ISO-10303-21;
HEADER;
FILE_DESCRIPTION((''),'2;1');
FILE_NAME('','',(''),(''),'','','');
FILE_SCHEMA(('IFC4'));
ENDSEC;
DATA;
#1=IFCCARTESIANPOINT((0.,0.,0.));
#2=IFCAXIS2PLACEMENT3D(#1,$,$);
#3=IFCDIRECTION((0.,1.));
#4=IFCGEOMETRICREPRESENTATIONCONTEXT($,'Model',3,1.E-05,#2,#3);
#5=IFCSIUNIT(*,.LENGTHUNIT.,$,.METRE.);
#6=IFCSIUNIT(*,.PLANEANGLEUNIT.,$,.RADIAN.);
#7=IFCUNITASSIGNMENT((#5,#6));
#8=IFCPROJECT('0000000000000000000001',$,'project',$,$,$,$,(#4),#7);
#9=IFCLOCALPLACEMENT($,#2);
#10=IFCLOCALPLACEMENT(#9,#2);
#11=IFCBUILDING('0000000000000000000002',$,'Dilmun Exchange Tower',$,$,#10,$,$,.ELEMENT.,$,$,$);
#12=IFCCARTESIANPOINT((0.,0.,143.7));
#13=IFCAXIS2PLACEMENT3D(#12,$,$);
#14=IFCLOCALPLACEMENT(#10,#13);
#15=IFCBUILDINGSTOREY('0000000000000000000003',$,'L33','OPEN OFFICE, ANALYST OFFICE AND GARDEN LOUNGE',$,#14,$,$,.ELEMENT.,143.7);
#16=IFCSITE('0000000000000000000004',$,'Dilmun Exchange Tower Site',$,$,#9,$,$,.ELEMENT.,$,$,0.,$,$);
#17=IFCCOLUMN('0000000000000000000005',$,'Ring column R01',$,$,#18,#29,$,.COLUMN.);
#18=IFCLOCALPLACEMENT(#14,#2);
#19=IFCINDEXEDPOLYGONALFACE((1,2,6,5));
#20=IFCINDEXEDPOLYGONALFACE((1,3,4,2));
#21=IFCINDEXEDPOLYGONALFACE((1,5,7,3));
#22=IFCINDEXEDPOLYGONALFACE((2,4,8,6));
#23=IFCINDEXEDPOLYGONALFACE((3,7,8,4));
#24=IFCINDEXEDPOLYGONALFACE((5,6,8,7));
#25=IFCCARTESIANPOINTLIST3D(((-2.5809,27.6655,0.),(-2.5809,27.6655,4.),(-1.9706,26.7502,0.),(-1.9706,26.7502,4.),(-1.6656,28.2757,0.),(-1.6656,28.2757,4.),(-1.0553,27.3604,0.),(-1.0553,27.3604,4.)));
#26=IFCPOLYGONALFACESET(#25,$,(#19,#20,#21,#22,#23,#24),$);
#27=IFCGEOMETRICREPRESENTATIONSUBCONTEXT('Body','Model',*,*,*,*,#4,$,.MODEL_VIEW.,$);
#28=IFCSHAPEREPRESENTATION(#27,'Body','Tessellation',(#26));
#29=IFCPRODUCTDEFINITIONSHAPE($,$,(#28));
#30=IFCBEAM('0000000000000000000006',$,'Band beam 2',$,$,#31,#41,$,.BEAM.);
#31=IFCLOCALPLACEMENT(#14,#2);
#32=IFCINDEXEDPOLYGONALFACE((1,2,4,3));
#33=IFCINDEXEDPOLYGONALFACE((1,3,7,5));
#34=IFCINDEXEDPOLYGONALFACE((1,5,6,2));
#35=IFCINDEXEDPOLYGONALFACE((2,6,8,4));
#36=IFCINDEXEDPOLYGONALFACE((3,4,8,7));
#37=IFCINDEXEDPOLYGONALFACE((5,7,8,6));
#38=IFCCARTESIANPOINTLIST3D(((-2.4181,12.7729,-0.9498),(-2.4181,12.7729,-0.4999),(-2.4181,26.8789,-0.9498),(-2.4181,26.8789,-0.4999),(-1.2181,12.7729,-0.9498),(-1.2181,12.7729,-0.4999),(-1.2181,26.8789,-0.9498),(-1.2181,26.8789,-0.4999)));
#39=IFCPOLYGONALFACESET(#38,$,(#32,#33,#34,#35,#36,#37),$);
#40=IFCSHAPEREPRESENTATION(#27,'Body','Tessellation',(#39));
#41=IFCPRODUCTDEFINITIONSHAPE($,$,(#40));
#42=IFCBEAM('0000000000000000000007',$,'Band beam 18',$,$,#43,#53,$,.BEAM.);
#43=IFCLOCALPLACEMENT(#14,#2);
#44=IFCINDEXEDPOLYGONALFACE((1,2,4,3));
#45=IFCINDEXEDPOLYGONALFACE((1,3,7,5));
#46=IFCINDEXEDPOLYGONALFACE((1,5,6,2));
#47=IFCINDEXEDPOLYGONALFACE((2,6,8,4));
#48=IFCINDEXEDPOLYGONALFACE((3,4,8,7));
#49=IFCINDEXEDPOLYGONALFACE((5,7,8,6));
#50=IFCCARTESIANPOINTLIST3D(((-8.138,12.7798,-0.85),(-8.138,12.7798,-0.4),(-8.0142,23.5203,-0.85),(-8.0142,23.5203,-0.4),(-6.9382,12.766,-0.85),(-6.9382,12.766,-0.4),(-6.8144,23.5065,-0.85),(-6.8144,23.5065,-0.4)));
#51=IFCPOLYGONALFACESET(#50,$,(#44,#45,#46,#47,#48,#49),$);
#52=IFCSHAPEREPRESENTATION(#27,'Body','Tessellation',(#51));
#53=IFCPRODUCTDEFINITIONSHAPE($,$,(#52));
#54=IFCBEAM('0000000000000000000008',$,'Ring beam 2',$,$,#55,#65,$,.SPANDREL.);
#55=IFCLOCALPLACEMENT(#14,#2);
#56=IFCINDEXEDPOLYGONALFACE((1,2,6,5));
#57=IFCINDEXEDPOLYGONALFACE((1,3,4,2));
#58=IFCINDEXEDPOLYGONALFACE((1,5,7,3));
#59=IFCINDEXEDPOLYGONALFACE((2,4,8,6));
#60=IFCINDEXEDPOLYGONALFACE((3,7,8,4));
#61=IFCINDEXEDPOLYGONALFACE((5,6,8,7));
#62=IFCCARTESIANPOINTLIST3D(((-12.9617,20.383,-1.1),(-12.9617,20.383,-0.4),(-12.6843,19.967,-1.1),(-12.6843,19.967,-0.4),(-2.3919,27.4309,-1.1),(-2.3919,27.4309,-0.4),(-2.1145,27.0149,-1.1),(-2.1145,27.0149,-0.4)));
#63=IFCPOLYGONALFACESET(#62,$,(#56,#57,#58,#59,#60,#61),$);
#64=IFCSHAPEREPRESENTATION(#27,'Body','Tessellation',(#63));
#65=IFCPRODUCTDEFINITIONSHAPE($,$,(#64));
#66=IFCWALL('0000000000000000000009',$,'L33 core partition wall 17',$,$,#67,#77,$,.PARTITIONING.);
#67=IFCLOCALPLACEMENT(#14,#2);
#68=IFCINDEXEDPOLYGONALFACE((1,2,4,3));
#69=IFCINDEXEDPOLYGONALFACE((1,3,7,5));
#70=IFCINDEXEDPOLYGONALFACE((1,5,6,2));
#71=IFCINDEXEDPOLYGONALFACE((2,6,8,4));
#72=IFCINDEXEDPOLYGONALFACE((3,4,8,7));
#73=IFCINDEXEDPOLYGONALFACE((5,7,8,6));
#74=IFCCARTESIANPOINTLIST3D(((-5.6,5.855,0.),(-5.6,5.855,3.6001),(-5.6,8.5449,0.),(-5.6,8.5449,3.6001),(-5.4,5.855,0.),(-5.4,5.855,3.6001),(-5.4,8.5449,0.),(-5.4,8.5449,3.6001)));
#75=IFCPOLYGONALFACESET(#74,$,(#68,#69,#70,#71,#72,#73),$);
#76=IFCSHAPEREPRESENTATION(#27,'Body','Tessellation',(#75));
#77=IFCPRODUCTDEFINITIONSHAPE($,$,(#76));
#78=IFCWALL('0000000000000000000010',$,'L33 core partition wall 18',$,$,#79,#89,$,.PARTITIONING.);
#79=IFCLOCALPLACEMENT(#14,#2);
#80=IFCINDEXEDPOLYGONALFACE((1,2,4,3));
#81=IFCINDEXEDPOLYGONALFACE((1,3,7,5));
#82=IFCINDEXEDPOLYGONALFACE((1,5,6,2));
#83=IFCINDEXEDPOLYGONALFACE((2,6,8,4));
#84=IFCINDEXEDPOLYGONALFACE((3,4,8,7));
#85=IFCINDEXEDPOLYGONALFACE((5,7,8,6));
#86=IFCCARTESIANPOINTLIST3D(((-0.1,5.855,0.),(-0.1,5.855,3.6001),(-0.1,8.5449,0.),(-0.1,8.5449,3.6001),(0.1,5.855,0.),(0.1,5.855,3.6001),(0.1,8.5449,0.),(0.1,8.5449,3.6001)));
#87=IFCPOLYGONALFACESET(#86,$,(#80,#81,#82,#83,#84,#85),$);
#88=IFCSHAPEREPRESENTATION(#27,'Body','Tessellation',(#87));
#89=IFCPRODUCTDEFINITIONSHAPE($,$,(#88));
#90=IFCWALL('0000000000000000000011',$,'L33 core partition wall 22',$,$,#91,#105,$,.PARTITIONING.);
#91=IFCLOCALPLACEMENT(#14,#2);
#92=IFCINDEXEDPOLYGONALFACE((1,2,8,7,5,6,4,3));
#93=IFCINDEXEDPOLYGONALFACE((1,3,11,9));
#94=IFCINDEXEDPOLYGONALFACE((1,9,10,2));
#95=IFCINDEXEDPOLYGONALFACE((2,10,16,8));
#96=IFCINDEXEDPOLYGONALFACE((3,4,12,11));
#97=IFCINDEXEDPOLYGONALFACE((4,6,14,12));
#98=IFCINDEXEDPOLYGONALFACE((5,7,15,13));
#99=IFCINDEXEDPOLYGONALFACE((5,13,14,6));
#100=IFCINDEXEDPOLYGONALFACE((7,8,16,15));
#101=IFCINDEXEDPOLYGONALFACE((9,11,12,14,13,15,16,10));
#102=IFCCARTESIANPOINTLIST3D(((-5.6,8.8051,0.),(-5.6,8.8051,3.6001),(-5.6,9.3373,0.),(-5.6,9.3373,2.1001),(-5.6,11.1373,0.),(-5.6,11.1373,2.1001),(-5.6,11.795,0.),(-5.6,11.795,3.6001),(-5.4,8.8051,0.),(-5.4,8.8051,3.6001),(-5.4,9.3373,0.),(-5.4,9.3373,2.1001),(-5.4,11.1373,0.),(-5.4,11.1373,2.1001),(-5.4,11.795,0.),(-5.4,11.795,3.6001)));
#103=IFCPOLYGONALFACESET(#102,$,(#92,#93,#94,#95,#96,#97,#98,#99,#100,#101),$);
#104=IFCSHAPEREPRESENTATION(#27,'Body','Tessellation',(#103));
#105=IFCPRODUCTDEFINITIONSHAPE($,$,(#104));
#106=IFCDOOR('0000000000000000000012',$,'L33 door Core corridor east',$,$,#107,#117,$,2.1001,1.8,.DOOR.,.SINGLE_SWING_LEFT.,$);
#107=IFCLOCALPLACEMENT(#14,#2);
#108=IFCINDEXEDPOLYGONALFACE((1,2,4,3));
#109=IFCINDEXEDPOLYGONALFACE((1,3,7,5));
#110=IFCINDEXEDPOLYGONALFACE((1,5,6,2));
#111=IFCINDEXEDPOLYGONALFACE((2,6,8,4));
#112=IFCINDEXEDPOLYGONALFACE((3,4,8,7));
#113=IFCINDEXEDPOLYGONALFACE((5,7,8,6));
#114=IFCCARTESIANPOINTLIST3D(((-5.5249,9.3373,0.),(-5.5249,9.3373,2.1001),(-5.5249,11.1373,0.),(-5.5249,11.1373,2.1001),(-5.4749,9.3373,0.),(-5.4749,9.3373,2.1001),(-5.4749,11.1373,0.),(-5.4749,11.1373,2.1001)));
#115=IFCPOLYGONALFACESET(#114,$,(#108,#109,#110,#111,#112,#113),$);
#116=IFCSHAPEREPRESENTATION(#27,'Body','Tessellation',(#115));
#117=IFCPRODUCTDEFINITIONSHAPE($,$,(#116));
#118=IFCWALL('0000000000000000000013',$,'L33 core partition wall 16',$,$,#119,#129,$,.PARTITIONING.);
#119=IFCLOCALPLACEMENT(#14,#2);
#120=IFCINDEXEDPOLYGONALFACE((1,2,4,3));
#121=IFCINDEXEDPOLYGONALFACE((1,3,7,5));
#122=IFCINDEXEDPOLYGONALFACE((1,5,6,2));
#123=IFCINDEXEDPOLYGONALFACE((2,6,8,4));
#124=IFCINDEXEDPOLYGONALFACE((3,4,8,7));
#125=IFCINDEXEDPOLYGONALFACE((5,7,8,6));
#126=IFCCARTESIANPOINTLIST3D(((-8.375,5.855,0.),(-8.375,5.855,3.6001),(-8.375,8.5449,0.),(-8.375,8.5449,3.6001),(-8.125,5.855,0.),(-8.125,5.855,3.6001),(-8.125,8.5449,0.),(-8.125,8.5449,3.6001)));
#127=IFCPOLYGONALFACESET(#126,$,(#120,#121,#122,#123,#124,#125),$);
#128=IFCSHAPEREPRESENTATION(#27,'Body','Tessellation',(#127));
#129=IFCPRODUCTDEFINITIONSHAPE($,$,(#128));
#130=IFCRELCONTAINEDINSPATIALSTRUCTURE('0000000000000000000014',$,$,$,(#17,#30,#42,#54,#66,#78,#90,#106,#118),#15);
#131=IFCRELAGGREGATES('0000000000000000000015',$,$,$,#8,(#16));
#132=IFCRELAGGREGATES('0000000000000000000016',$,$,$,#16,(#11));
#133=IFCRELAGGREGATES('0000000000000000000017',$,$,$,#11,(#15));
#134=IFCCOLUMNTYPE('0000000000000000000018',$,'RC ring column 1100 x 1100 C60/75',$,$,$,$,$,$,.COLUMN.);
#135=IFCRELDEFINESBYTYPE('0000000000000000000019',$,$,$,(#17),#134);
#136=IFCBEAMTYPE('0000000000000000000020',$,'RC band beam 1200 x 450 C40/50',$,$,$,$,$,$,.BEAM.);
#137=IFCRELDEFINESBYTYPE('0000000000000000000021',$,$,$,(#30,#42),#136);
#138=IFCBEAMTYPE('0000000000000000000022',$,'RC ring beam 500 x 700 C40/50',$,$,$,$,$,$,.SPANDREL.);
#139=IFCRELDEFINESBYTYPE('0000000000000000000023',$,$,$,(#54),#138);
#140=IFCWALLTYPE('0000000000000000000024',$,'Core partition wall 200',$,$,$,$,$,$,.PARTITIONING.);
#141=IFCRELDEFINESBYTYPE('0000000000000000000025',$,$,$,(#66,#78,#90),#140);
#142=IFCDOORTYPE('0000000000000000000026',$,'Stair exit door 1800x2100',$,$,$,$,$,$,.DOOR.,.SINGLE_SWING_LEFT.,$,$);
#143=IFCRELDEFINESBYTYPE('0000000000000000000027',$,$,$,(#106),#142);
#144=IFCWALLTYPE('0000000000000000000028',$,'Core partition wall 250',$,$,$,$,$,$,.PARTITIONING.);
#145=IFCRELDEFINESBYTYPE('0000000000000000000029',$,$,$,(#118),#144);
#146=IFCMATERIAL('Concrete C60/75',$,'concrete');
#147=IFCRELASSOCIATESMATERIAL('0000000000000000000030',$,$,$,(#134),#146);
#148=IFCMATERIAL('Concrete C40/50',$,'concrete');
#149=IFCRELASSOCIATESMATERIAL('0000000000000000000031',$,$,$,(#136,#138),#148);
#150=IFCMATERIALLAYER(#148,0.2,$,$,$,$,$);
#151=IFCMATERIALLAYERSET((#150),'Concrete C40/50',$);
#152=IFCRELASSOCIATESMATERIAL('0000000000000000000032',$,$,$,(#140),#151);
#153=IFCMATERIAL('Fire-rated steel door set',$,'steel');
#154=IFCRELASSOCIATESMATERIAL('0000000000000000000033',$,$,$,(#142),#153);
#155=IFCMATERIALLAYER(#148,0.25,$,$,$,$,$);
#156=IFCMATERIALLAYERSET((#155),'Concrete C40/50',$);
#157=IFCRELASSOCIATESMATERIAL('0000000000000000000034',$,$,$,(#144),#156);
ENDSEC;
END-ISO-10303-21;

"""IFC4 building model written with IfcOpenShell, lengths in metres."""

from ifc_helpers import new_model, si_unit, direction, frame, frame_2d, origin, origin_2d, place, context, subcontext, project, spatial, rectangle, extrude, material, layer, layer_set, material_profile, profile_set, type_object, element, fill, save


model = new_model("IFC4")

# Units and contexts
model_context = context("Model", 3, precision=1e-05, world=origin(), true_north=direction((0.0, 1.0)))
body_context = subcontext(model_context, "Body", "Model", "MODEL_VIEW")
ifc_project = project(units=[si_unit("LENGTHUNIT", "METRE"), si_unit("PLANEANGLEUNIT", "RADIAN")], contexts=[model_context])

# Site, building, storey
site_placement = place(None, origin())
site = spatial("IfcSite", under=ifc_project, at=site_placement, Name="Dilmun Exchange Tower Site", CompositionType="ELEMENT", RefElevation=0.0)
building_placement = place(site_placement, origin())
building = spatial("IfcBuilding", under=site, at=building_placement, Name="Dilmun Exchange Tower", CompositionType="ELEMENT")
storey_placement = place(building_placement, frame((0.0, 0.0, 143.7)))
storey = spatial("IfcBuildingStorey", under=building, at=storey_placement, Name="L33", Description="OPEN OFFICE, ANALYST OFFICE AND GARDEN LOUNGE", CompositionType="ELEMENT", Elevation=143.7)

# Column
ifc_material_1 = material(Name="Concrete C60/75", Category="concrete")
ifc_material_profile_1 = material_profile(ifc_material_1, rectangle(XDim=1.1001, YDim=1.1001, at=origin_2d()), Name="1100 x 1100")
ifc_profile_set_1 = profile_set([ifc_material_profile_1], Name="Concrete C60/75")
column_type = type_object("IfcColumnType", Name="RC ring column 1100 x 1100 C60/75", PredefinedType="COLUMN", material=ifc_profile_set_1)
column_placement = place(storey_placement, frame((-1.8181, 27.5129, 0.0), z_axis=(0.0, 0.0, 1.0), x_axis=(0.832029, 0.554733, 0.0)))
element("IfcColumn", 1, at=column_placement, inside=storey, type_object=column_type, Name="Ring column R01", PredefinedType="COLUMN", context=body_context, shape_type="SweptSolid", body=[
    extrude(rectangle(XDim=1.1001, YDim=1.1001, at=origin_2d()), origin(), (0.0, 0.0, 1.0), 4.0),
])

# Beams
ifc_material_2 = material(Name="Concrete C40/50", Category="concrete")
ifc_material_profile_2 = material_profile(ifc_material_2, rectangle(XDim=1.2, YDim=0.45, at=origin_2d()), Name="1200 x 450")
ifc_profile_set_2 = profile_set([ifc_material_profile_2], Name="Concrete C40/50")
beam_type_1 = type_object("IfcBeamType", Name="RC band beam 1200 x 450 C40/50", PredefinedType="BEAM", material=ifc_profile_set_2)
beam_1_placement = place(storey_placement, frame((-1.8181, 26.8789, -0.7249), z_axis=(0.0, -1.0, 0.0), x_axis=(1.0, 0.0, 0.0)))
element("IfcBeam", 2, at=beam_1_placement, inside=storey, type_object=beam_type_1, Name="Band beam 2", PredefinedType="BEAM", context=body_context, shape_type="SweptSolid", body=[
    extrude(rectangle(XDim=1.2, YDim=0.45, at=origin_2d()), origin(), (0.0, 0.0, 1.0), 14.106),
])
beam_2_placement = place(storey_placement, frame((-7.4143, 23.5134, -0.625), z_axis=(-0.011524, -0.999934, 0.0), x_axis=(0.999934, -0.011524, 0.0)))
element("IfcBeam", 3, at=beam_2_placement, inside=storey, type_object=beam_type_1, Name="Band beam 18", PredefinedType="BEAM", context=body_context, shape_type="SweptSolid", body=[
    extrude(rectangle(XDim=1.2, YDim=0.45, at=origin_2d()), origin(), (0.0, 0.0, 1.0), 10.7412),
])
ifc_material_profile_3 = material_profile(ifc_material_2, rectangle(XDim=0.5, YDim=0.7, at=origin_2d()), Name="500 x 700")
ifc_profile_set_3 = profile_set([ifc_material_profile_3], Name="Concrete C40/50")
beam_type_2 = type_object("IfcBeamType", Name="RC ring beam 500 x 700 C40/50", PredefinedType="SPANDREL", material=ifc_profile_set_3)
beam_3_placement = place(storey_placement, frame((-2.2532, 27.2229, -0.75), z_axis=(-0.832003, -0.554771, 0.0), x_axis=(0.554771, -0.832003, 0.0)))
element("IfcBeam", 4, at=beam_3_placement, inside=storey, type_object=beam_type_2, Name="Ring beam 2", PredefinedType="SPANDREL", context=body_context, shape_type="SweptSolid", body=[
    extrude(rectangle(XDim=0.5, YDim=0.7, at=origin_2d()), origin(), (0.0, 0.0, 1.0), 12.7041),
])

# Walls
ifc_layer_1 = layer(ifc_material_2, 0.2)
ifc_layer_set_1 = layer_set([ifc_layer_1], Name="Concrete C40/50")
wall_type_1 = type_object("IfcWallType", Name="Core partition wall 200", PredefinedType="PARTITIONING", material=ifc_layer_set_1)
for number, where, z_axis, x_axis, name in (
    (5, (-5.5, 5.855, 0.0), (0.0, 0.0, 1.0), (0.0, 1.0, 0.0), "L33 core partition wall 17"),
    (6, (0.0, 5.855, 0.0), (0.0, 0.0, 1.0), (0.0, 1.0, 0.0), "L33 core partition wall 18"),
):
    element("IfcWall", number, at=place(storey_placement, frame(where, z_axis=z_axis, x_axis=x_axis)), inside=storey, type_object=wall_type_1, Name=name, PredefinedType="PARTITIONING", context=body_context, shape_type="SweptSolid", body=[
        extrude(rectangle(XDim=2.6899, YDim=0.2, at=frame_2d((1.345, 0.0))), origin(), (0.0, 0.0, 1.0), 3.6001),
    ])

# Wall, opening, door
wall_1_placement = place(storey_placement, frame((-5.5, 8.8049, 0.0), z_axis=(0.0, 0.0, 1.0), x_axis=(0.0, 1.0, 0.0)))
wall_1 = element("IfcWall", 7, at=wall_1_placement, inside=storey, type_object=wall_type_1, Name="L33 core partition wall 22", PredefinedType="PARTITIONING", context=body_context, shape_type="SweptSolid", body=[
    extrude(rectangle(XDim=2.99, YDim=0.2, at=frame_2d((1.4951, 0.0))), origin(), (0.0, 0.0, 1.0), 3.6001),
])
opening_1_placement = place(wall_1_placement, frame((0.5325, 0.0, 0.0)))
opening_1 = element("IfcOpeningElement", 8, at=opening_1_placement, cuts=wall_1, PredefinedType="OPENING", context=body_context, shape_type="SweptSolid", body=[
    extrude(rectangle(XDim=1.8, YDim=2.1001, at=frame_2d((0.8999, 1.05))), frame((0.0, 0.1099, 0.0), z_axis=(0.0, -1.0, 0.0), x_axis=(1.0, 0.0, 0.0)), (0.0, 0.0, 1.0), 0.22),
])
ifc_material_3 = material(Name="Fire-rated steel door set", Category="steel")
door_type_1 = type_object("IfcDoorType", Name="Stair exit door 1800x2100", OperationType="SINGLE_SWING_LEFT", PredefinedType="DOOR", material=ifc_material_3)
door_1_placement = place(opening_1_placement, origin())
door_1 = element("IfcDoor", 9, at=door_1_placement, inside=storey, type_object=door_type_1, Name="L33 door Core corridor east", OperationType="SINGLE_SWING_LEFT", OverallHeight=2.1001, OverallWidth=1.8, PredefinedType="DOOR", context=body_context, shape_type="SweptSolid", body=[
    extrude(rectangle(XDim=1.8, YDim=2.1001, at=frame_2d((0.8999, 1.05))), frame((0.0, 0.0249, 0.0), z_axis=(0.0, -1.0, 0.0), x_axis=(1.0, 0.0, 0.0)), (0.0, 0.0, 1.0), 0.05),
])
fill(opening_1, door_1)

# Wall
ifc_layer_2 = layer(ifc_material_2, 0.25)
ifc_layer_set_2 = layer_set([ifc_layer_2], Name="Concrete C40/50")
wall_type_2 = type_object("IfcWallType", Name="Core partition wall 250", PredefinedType="PARTITIONING", material=ifc_layer_set_2)
wall_2_placement = place(storey_placement, frame((-8.25, 5.855, 0.0), z_axis=(0.0, 0.0, 1.0), x_axis=(0.0, 1.0, 0.0)))
element("IfcWall", 10, at=wall_2_placement, inside=storey, type_object=wall_type_2, Name="L33 core partition wall 16", PredefinedType="PARTITIONING", context=body_context, shape_type="SweptSolid", body=[
    extrude(rectangle(XDim=2.6899, YDim=0.25, at=frame_2d((1.345, 0.0))), origin(), (0.0, 0.0, 1.0), 3.6001),
])

save(model, "model.ifc")
